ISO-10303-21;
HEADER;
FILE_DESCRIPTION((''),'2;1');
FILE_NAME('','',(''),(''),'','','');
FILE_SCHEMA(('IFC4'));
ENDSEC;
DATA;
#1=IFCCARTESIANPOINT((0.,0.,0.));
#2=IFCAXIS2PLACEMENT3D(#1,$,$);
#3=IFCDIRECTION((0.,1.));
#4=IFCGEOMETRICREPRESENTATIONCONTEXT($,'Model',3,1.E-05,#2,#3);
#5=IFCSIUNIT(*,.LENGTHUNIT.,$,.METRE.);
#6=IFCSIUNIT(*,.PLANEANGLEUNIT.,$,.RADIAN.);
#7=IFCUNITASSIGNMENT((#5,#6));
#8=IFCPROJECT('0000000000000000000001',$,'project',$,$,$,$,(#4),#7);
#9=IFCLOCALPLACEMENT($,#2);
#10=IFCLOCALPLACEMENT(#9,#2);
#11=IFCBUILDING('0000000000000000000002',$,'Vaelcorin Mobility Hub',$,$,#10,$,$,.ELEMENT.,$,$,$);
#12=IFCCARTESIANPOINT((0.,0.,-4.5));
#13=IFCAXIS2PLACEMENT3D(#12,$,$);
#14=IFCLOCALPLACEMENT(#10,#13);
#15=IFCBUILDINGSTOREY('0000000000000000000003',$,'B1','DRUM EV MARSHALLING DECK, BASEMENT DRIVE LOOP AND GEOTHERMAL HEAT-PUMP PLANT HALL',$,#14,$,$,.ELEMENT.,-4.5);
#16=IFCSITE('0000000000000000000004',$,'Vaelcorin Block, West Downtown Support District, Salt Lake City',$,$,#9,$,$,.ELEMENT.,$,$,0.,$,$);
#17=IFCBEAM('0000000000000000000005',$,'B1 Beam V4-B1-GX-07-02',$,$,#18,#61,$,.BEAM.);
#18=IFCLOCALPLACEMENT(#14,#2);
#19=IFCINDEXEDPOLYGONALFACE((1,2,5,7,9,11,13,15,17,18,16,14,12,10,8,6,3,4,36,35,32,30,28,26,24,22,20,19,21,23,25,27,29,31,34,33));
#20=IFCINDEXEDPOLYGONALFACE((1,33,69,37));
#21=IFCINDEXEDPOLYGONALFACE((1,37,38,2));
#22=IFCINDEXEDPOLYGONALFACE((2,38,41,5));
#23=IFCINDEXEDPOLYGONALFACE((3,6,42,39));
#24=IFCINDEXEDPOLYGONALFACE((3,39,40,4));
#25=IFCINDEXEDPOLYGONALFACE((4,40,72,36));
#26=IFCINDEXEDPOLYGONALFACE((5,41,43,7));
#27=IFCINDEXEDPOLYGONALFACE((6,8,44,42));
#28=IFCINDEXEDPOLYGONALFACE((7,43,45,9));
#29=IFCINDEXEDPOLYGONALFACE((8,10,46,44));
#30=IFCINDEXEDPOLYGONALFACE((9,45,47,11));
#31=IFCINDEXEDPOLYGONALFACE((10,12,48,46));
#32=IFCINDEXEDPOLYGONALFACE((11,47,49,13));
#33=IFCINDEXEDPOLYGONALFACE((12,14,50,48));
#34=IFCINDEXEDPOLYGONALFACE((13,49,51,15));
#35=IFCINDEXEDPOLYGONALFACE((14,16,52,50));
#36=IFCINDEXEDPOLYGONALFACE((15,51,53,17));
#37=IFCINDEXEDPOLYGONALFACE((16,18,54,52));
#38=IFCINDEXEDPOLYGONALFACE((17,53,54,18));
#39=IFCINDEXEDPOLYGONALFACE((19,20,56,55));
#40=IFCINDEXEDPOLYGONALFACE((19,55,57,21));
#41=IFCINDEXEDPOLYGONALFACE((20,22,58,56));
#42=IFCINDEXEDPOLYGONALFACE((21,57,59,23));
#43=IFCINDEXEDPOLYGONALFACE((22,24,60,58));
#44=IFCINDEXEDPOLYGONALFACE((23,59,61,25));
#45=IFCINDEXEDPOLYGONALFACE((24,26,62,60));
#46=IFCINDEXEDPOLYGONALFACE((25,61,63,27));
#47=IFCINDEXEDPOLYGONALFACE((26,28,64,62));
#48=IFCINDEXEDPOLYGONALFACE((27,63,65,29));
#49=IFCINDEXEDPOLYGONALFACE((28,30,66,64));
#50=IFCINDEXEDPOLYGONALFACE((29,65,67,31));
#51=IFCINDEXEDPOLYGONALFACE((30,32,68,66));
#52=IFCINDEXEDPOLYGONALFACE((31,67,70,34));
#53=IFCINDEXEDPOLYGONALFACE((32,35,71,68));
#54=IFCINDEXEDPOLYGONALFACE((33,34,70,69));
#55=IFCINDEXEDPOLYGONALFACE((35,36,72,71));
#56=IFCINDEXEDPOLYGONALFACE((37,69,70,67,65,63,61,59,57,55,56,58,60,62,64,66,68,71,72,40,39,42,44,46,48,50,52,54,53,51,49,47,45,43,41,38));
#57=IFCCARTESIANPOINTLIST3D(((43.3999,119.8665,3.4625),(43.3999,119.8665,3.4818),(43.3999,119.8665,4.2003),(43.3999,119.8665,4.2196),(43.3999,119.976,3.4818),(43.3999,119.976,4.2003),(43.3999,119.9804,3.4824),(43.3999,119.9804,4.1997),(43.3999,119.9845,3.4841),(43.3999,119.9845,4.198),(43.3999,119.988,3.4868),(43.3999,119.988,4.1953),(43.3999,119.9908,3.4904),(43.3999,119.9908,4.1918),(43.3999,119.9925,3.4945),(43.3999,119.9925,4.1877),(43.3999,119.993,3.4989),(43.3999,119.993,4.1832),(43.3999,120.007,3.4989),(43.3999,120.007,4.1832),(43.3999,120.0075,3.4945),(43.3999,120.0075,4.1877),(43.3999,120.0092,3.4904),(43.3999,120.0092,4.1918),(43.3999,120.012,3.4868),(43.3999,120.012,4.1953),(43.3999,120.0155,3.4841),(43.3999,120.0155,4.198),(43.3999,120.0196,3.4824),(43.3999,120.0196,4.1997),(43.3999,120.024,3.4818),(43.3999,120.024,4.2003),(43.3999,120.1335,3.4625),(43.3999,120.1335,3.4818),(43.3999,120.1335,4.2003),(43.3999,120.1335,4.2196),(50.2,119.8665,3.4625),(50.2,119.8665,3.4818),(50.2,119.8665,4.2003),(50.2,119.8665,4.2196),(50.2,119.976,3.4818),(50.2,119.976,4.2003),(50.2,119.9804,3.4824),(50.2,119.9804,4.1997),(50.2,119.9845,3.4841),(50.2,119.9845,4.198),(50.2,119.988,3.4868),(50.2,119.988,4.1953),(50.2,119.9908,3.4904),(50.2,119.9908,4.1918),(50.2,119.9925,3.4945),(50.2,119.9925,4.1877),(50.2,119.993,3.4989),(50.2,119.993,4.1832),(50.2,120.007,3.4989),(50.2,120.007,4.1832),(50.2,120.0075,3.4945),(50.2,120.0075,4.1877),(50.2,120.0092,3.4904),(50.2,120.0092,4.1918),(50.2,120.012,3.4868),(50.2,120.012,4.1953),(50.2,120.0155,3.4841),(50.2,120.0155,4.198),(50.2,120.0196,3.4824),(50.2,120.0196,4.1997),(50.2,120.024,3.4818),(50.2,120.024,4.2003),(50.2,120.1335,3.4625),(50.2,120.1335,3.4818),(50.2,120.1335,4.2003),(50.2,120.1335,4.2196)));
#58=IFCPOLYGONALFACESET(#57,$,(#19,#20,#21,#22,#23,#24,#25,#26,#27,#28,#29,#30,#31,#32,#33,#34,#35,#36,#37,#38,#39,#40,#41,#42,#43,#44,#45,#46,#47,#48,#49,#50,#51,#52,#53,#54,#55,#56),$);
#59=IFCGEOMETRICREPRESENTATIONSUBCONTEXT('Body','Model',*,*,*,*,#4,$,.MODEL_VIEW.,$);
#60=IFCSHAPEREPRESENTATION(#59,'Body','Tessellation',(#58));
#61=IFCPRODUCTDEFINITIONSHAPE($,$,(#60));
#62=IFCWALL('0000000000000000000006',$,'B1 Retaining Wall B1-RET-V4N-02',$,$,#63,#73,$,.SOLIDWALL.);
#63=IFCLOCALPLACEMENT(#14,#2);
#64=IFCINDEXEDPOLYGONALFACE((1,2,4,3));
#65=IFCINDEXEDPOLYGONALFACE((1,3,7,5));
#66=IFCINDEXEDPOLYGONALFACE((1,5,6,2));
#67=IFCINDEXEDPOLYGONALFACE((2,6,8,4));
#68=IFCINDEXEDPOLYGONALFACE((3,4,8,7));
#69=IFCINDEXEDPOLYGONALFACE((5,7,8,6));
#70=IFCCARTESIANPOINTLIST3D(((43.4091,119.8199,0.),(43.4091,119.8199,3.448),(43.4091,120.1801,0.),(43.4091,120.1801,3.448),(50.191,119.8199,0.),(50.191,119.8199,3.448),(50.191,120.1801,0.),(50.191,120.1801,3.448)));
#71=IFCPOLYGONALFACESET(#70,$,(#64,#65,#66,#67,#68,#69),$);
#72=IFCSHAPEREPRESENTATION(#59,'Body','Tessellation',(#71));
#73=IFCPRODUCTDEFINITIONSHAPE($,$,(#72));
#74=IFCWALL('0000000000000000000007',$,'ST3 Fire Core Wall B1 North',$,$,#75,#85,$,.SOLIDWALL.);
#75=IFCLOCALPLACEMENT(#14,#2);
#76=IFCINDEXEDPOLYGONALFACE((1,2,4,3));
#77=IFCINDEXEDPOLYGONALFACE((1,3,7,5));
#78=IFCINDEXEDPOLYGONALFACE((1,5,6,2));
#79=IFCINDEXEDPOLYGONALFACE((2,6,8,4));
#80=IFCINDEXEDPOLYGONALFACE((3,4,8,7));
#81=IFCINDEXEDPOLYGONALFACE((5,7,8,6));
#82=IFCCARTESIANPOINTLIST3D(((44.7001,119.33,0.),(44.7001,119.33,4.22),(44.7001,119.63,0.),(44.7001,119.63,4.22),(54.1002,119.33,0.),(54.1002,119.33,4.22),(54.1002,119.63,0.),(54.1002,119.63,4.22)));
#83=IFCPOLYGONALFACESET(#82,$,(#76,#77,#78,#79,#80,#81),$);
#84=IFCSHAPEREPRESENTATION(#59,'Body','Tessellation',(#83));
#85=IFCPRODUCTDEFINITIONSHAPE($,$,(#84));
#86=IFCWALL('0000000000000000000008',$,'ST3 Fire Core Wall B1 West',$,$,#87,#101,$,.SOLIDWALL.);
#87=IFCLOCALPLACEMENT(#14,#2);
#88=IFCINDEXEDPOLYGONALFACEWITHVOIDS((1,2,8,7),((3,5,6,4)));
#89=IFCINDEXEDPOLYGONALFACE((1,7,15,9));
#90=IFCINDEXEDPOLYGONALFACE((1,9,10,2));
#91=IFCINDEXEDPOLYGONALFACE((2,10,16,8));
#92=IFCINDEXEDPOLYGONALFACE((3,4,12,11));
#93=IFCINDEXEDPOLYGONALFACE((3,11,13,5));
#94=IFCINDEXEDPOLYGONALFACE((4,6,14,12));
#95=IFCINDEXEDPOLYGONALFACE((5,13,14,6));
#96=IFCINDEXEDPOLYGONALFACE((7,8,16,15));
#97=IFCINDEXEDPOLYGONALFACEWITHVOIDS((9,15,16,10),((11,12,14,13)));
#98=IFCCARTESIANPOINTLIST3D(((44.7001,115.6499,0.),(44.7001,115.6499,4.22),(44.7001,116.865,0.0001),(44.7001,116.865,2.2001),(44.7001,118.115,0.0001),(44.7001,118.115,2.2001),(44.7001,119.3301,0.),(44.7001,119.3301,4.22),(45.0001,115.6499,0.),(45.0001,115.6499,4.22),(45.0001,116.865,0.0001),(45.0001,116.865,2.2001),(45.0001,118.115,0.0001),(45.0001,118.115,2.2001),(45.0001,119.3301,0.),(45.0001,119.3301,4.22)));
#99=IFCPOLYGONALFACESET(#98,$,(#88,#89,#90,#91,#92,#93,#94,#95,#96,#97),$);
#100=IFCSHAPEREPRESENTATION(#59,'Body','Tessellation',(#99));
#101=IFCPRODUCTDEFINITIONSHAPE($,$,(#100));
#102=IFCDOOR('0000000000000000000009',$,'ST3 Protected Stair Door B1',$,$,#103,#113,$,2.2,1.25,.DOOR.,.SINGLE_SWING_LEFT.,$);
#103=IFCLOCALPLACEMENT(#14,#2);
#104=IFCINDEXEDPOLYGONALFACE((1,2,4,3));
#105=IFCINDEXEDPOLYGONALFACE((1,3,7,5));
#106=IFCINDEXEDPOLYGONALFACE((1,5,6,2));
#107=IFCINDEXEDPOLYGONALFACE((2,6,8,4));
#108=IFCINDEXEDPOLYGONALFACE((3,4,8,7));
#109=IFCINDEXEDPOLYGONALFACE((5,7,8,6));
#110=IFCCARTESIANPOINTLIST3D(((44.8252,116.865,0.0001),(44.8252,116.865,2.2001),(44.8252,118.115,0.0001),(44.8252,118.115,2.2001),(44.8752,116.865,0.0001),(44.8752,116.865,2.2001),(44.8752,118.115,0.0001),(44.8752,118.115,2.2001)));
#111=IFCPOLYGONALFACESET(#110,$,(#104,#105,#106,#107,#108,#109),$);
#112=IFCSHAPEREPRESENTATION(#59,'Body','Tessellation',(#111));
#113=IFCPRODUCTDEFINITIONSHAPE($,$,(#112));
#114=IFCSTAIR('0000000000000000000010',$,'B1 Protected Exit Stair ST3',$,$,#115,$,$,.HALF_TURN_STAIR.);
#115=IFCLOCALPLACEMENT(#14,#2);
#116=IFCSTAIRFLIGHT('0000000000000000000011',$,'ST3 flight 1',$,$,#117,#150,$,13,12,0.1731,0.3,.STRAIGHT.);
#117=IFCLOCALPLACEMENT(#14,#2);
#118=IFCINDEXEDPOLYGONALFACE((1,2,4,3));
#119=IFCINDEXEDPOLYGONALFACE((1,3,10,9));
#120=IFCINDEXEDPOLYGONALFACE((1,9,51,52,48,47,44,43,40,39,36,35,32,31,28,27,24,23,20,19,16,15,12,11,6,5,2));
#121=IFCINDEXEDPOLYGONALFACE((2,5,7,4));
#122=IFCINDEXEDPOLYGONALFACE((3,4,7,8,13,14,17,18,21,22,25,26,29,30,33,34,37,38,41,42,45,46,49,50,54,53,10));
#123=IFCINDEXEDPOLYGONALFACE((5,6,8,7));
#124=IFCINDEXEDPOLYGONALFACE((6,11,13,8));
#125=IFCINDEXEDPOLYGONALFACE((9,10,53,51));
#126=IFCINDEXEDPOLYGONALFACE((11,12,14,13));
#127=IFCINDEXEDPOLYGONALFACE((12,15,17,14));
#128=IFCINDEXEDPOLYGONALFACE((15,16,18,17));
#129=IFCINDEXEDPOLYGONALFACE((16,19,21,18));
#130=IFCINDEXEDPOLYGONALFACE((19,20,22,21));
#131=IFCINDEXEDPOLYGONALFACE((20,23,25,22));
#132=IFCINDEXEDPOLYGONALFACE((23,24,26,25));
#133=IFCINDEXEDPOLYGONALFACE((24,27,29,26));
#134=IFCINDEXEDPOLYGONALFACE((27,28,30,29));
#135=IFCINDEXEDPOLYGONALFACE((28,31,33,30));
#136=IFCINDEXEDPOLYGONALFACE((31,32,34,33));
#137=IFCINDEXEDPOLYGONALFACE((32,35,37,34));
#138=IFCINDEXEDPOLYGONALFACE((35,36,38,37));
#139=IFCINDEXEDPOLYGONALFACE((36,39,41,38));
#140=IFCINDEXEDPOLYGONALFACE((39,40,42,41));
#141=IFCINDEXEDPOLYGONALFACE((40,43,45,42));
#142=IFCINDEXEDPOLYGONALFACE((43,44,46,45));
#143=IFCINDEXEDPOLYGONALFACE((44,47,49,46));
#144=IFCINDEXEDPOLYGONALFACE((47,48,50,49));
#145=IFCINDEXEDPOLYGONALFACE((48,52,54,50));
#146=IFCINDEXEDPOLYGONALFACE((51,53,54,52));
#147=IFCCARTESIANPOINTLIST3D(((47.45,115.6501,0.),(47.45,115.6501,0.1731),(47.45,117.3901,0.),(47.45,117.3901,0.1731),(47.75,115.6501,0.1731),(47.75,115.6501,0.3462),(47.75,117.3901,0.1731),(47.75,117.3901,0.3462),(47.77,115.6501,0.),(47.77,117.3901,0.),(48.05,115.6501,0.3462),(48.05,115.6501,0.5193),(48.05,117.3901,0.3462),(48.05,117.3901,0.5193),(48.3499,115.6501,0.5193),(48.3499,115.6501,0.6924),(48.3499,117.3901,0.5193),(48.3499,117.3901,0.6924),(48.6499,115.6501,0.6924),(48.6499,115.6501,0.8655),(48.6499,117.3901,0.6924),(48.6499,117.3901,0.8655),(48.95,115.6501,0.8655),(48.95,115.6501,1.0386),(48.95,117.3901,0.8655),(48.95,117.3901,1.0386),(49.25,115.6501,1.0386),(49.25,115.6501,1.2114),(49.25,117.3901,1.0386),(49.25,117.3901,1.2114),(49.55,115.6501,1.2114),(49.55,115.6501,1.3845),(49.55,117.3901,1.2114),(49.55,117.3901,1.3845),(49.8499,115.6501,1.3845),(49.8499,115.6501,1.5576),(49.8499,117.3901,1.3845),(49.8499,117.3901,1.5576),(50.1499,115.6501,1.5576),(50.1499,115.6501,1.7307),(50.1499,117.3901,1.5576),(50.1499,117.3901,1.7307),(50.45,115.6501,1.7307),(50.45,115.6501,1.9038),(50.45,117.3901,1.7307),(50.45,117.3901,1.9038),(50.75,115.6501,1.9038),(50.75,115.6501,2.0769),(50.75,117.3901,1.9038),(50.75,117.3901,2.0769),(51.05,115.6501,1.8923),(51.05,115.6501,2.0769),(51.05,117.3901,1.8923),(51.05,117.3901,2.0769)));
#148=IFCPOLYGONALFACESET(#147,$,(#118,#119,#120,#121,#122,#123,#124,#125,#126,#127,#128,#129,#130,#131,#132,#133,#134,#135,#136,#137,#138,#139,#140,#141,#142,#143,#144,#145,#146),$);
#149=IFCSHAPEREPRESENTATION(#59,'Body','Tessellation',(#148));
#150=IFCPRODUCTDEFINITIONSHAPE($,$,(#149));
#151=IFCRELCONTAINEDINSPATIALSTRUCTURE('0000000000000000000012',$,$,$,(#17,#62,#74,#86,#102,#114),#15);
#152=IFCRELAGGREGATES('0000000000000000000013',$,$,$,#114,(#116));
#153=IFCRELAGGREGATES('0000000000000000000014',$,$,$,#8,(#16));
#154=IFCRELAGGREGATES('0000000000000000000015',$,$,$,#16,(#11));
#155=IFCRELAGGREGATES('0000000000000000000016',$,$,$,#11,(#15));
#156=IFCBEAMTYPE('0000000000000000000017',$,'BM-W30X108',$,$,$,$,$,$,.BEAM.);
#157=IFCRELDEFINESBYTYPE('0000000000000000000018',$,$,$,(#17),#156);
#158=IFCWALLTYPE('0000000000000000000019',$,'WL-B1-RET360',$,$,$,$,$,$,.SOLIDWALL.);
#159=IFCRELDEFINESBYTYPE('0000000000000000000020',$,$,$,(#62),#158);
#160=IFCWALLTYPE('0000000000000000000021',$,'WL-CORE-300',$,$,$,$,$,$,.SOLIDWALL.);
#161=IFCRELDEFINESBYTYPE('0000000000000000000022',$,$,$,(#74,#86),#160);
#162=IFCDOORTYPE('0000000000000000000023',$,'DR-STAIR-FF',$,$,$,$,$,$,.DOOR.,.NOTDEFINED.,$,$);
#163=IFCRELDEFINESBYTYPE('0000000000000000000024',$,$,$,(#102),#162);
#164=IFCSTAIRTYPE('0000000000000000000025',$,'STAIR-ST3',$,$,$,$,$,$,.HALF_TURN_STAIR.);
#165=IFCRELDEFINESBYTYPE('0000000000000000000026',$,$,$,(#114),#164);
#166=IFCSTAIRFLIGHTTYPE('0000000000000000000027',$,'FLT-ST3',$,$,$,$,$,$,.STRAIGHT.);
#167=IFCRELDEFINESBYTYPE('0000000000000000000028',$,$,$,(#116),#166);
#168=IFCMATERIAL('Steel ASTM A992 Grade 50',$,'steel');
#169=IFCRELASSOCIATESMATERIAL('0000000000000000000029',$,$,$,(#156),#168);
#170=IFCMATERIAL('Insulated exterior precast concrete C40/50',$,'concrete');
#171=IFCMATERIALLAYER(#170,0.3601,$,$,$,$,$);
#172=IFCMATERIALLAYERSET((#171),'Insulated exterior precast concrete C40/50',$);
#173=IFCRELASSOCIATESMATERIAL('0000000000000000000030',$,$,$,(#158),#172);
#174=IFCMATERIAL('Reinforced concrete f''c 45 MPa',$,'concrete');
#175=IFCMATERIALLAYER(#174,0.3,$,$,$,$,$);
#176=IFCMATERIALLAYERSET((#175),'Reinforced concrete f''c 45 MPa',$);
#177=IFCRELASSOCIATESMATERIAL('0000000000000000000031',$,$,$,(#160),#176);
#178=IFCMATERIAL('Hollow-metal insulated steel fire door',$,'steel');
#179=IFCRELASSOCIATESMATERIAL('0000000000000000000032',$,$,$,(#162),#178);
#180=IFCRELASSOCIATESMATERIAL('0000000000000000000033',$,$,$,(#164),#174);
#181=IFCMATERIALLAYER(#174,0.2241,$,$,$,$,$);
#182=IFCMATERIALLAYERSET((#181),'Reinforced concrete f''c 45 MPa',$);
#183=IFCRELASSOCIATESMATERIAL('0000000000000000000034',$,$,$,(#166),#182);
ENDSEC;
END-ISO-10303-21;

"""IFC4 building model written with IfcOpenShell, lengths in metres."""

from ifc_helpers import new_model, si_unit, direction, frame, frame_2d, origin, origin_2d, place, context, subcontext, project, spatial, polyline, rectangle, i_section, outline, extrude, material, layer, layer_set, material_profile, profile_set, type_object, element, fill, aggregate, save


model = new_model("IFC4")

# Units and contexts
model_context = context("Model", 3, precision=1e-05, world=origin(), true_north=direction((0.0, 1.0)))
body_context = subcontext(model_context, "Body", "Model", "MODEL_VIEW")
ifc_project = project(units=[si_unit("LENGTHUNIT", "METRE"), si_unit("PLANEANGLEUNIT", "RADIAN")], contexts=[model_context])

# Site, building, storey
site_placement = place(None, origin())
site = spatial("IfcSite", under=ifc_project, at=site_placement, Name="Vaelcorin Block, West Downtown Support District, Salt Lake City", CompositionType="ELEMENT", RefElevation=0.0)
building_placement = place(site_placement, origin())
building = spatial("IfcBuilding", under=site, at=building_placement, Name="Vaelcorin Mobility Hub", CompositionType="ELEMENT")
storey_placement = place(building_placement, frame((0.0, 0.0, -4.5)))
storey = spatial("IfcBuildingStorey", under=building, at=storey_placement, Name="B1", Description="DRUM EV MARSHALLING DECK, BASEMENT DRIVE LOOP AND GEOTHERMAL HEAT-PUMP PLANT HALL", CompositionType="ELEMENT", Elevation=-4.5)

# Shared definitions
ifc_material_1 = material(Name="Steel ASTM A992 Grade 50", Category="steel")

# Beam
ifc_material_profile_1 = material_profile(ifc_material_1, i_section(OverallWidth=0.2671, OverallDepth=0.7571, WebThickness=0.0139, FlangeThickness=0.0193, FilletRadius=0.0171, at=origin_2d()), Name="W30X108")
ifc_profile_set_1 = profile_set([ifc_material_profile_1], Name="Steel ASTM A992 Grade 50")
beam_type_1 = type_object("IfcBeamType", Name="BM-W30X108", PredefinedType="BEAM", material=ifc_profile_set_1)
beam_1_placement = place(storey_placement, frame((43.3999, 120.0, 3.8411), z_axis=(1.0, 0.0, 0.0), x_axis=(0.0, 1.0, 0.0)))
element("IfcBeam", 1, at=beam_1_placement, inside=storey, type_object=beam_type_1, Name="B1 Beam V4-B1-GX-07-02", PredefinedType="BEAM", context=body_context, shape_type="SweptSolid", body=[
    extrude(i_section(OverallWidth=0.2671, OverallDepth=0.7571, WebThickness=0.0139, FlangeThickness=0.0193, FilletRadius=0.0171, at=origin_2d()), origin(), (0.0, 0.0, 1.0), 6.8),
])

# Walls
ifc_material_2 = material(Name="Insulated exterior precast concrete C40/50", Category="concrete")
ifc_layer_1 = layer(ifc_material_2, 0.3601)
ifc_layer_set_1 = layer_set([ifc_layer_1], Name="Insulated exterior precast concrete C40/50")
wall_type_1 = type_object("IfcWallType", Name="WL-B1-RET360", PredefinedType="SOLIDWALL", material=ifc_layer_set_1)
wall_1_placement = place(storey_placement, frame((43.4089, 120.0, 0.0), z_axis=(0.0, 0.0, 1.0), x_axis=(1.0, 0.0, 0.0)))
element("IfcWall", 2, at=wall_1_placement, inside=storey, type_object=wall_type_1, Name="B1 Retaining Wall B1-RET-V4N-02", PredefinedType="SOLIDWALL", context=body_context, shape_type="SweptSolid", body=[
    extrude(rectangle(XDim=6.782, YDim=0.3601, at=frame_2d((3.3911, 0.0))), origin(), (0.0, 0.0, 1.0), 3.448),
])
ifc_material_3 = material(Name="Reinforced concrete f'c 45 MPa", Category="concrete")
ifc_layer_2 = layer(ifc_material_3, 0.3)
ifc_layer_set_2 = layer_set([ifc_layer_2], Name="Reinforced concrete f'c 45 MPa")
wall_type_2 = type_object("IfcWallType", Name="WL-CORE-300", PredefinedType="SOLIDWALL", material=ifc_layer_set_2)
wall_2_placement = place(storey_placement, frame((44.7, 119.48, 0.0), z_axis=(0.0, 0.0, 1.0), x_axis=(1.0, 0.0, 0.0)))
element("IfcWall", 3, at=wall_2_placement, inside=storey, type_object=wall_type_2, Name="ST3 Fire Core Wall B1 North", PredefinedType="SOLIDWALL", context=body_context, shape_type="SweptSolid", body=[
    extrude(rectangle(XDim=9.4001, YDim=0.3, at=frame_2d((4.7002, 0.0))), origin(), (0.0, 0.0, 1.0), 4.22),
])

# Wall, opening, door
wall_3_placement = place(storey_placement, frame((44.8501, 115.6499, 0.0), z_axis=(0.0, 0.0, 1.0), x_axis=(0.0, 1.0, 0.0)))
wall_3 = element("IfcWall", 4, at=wall_3_placement, inside=storey, type_object=wall_type_2, Name="ST3 Fire Core Wall B1 West", PredefinedType="SOLIDWALL", context=body_context, shape_type="SweptSolid", body=[
    extrude(rectangle(XDim=3.6802, YDim=0.3, at=frame_2d((1.8401, 0.0))), origin(), (0.0, 0.0, 1.0), 4.22),
])
opening_placement = place(wall_3_placement, frame((1.2151, 0.0, 0.0)))
opening = element("IfcOpeningElement", 5, at=opening_placement, cuts=wall_3, PredefinedType="OPENING", context=body_context, shape_type="SweptSolid", body=[
    extrude(rectangle(XDim=1.25, YDim=2.2, at=frame_2d((0.625, 1.1001))), frame((0.0, 0.1599, 0.0), z_axis=(0.0, -1.0, 0.0), x_axis=(1.0, 0.0, 0.0)), (0.0, 0.0, 1.0), 0.3201),
])
ifc_material_4 = material(Name="Hollow-metal insulated steel fire door", Category="steel")
door_type = type_object("IfcDoorType", Name="DR-STAIR-FF", OperationType="NOTDEFINED", PredefinedType="DOOR", material=ifc_material_4)
door_placement = place(opening_placement, origin())
door = element("IfcDoor", 6, at=door_placement, inside=storey, type_object=door_type, Name="ST3 Protected Stair Door B1", OperationType="SINGLE_SWING_LEFT", OverallHeight=2.2, OverallWidth=1.25, PredefinedType="DOOR", context=body_context, shape_type="SweptSolid", body=[
    extrude(rectangle(XDim=1.25, YDim=2.2, at=frame_2d((0.625, 1.1001))), frame((0.0, 0.0249, 0.0), z_axis=(0.0, -1.0, 0.0), x_axis=(1.0, 0.0, 0.0)), (0.0, 0.0, 1.0), 0.05),
])
fill(opening, door)

# Stair, stair flight
stair_type = type_object("IfcStairType", Name="STAIR-ST3", PredefinedType="HALF_TURN_STAIR", material=ifc_material_3)
stair_placement = place(storey_placement, origin())
stair = element("IfcStair", 7, at=stair_placement, inside=storey, type_object=stair_type, Name="B1 Protected Exit Stair ST3", PredefinedType="HALF_TURN_STAIR")
ifc_layer_3 = layer(ifc_material_3, 0.2241)
ifc_layer_set_3 = layer_set([ifc_layer_3], Name="Reinforced concrete f'c 45 MPa")
stair_flight_type = type_object("IfcStairFlightType", Name="FLT-ST3", PredefinedType="STRAIGHT", material=ifc_layer_set_3)
stair_flight_placement = place(storey_placement, frame((47.45, 116.52, 0.0), z_axis=(0.0, 0.0, 1.0), x_axis=(1.0, 0.0, 0.0)))
stair_flight = element("IfcStairFlight", 8, at=stair_flight_placement, type_object=stair_flight_type, Name="ST3 flight 1", NumberOfRisers=13, NumberOfTreads=12, PredefinedType="STRAIGHT", RiserHeight=0.1731, TreadLength=0.3, context=body_context, shape_type="SweptSolid", body=[
    extrude(outline(polyline([(0.0, 0.0), (0.0, 0.1731), (0.3, 0.1731), (0.3, 0.3462), (0.6001, 0.3462), (0.6001, 0.5193), (0.8999, 0.5193), (0.8999, 0.6924), (1.2, 0.6924), (1.2, 0.8655), (1.5, 0.8655), (1.5, 1.0386), (1.8, 1.0386), (1.8, 1.2114), (2.1001, 1.2114), (2.1001, 1.3845), (2.3999, 1.3845), (2.3999, 1.5576), (2.7, 1.5576), (2.7, 1.7307), (3.0, 1.7307), (3.0, 1.9038), (3.3, 1.9038), (3.3, 2.0769), (3.6001, 2.0769), (3.6001, 2.25), (3.6001, 1.8923), (0.3201, 0.0), (0.0, 0.0)])), frame((0.0, 0.8701, 0.0), z_axis=(0.0, -1.0, 0.0), x_axis=(1.0, 0.0, 0.0)), (0.0, 0.0, 1.0), 1.74),
])
aggregate(stair, [stair_flight])

save(model, "model.ifc")
